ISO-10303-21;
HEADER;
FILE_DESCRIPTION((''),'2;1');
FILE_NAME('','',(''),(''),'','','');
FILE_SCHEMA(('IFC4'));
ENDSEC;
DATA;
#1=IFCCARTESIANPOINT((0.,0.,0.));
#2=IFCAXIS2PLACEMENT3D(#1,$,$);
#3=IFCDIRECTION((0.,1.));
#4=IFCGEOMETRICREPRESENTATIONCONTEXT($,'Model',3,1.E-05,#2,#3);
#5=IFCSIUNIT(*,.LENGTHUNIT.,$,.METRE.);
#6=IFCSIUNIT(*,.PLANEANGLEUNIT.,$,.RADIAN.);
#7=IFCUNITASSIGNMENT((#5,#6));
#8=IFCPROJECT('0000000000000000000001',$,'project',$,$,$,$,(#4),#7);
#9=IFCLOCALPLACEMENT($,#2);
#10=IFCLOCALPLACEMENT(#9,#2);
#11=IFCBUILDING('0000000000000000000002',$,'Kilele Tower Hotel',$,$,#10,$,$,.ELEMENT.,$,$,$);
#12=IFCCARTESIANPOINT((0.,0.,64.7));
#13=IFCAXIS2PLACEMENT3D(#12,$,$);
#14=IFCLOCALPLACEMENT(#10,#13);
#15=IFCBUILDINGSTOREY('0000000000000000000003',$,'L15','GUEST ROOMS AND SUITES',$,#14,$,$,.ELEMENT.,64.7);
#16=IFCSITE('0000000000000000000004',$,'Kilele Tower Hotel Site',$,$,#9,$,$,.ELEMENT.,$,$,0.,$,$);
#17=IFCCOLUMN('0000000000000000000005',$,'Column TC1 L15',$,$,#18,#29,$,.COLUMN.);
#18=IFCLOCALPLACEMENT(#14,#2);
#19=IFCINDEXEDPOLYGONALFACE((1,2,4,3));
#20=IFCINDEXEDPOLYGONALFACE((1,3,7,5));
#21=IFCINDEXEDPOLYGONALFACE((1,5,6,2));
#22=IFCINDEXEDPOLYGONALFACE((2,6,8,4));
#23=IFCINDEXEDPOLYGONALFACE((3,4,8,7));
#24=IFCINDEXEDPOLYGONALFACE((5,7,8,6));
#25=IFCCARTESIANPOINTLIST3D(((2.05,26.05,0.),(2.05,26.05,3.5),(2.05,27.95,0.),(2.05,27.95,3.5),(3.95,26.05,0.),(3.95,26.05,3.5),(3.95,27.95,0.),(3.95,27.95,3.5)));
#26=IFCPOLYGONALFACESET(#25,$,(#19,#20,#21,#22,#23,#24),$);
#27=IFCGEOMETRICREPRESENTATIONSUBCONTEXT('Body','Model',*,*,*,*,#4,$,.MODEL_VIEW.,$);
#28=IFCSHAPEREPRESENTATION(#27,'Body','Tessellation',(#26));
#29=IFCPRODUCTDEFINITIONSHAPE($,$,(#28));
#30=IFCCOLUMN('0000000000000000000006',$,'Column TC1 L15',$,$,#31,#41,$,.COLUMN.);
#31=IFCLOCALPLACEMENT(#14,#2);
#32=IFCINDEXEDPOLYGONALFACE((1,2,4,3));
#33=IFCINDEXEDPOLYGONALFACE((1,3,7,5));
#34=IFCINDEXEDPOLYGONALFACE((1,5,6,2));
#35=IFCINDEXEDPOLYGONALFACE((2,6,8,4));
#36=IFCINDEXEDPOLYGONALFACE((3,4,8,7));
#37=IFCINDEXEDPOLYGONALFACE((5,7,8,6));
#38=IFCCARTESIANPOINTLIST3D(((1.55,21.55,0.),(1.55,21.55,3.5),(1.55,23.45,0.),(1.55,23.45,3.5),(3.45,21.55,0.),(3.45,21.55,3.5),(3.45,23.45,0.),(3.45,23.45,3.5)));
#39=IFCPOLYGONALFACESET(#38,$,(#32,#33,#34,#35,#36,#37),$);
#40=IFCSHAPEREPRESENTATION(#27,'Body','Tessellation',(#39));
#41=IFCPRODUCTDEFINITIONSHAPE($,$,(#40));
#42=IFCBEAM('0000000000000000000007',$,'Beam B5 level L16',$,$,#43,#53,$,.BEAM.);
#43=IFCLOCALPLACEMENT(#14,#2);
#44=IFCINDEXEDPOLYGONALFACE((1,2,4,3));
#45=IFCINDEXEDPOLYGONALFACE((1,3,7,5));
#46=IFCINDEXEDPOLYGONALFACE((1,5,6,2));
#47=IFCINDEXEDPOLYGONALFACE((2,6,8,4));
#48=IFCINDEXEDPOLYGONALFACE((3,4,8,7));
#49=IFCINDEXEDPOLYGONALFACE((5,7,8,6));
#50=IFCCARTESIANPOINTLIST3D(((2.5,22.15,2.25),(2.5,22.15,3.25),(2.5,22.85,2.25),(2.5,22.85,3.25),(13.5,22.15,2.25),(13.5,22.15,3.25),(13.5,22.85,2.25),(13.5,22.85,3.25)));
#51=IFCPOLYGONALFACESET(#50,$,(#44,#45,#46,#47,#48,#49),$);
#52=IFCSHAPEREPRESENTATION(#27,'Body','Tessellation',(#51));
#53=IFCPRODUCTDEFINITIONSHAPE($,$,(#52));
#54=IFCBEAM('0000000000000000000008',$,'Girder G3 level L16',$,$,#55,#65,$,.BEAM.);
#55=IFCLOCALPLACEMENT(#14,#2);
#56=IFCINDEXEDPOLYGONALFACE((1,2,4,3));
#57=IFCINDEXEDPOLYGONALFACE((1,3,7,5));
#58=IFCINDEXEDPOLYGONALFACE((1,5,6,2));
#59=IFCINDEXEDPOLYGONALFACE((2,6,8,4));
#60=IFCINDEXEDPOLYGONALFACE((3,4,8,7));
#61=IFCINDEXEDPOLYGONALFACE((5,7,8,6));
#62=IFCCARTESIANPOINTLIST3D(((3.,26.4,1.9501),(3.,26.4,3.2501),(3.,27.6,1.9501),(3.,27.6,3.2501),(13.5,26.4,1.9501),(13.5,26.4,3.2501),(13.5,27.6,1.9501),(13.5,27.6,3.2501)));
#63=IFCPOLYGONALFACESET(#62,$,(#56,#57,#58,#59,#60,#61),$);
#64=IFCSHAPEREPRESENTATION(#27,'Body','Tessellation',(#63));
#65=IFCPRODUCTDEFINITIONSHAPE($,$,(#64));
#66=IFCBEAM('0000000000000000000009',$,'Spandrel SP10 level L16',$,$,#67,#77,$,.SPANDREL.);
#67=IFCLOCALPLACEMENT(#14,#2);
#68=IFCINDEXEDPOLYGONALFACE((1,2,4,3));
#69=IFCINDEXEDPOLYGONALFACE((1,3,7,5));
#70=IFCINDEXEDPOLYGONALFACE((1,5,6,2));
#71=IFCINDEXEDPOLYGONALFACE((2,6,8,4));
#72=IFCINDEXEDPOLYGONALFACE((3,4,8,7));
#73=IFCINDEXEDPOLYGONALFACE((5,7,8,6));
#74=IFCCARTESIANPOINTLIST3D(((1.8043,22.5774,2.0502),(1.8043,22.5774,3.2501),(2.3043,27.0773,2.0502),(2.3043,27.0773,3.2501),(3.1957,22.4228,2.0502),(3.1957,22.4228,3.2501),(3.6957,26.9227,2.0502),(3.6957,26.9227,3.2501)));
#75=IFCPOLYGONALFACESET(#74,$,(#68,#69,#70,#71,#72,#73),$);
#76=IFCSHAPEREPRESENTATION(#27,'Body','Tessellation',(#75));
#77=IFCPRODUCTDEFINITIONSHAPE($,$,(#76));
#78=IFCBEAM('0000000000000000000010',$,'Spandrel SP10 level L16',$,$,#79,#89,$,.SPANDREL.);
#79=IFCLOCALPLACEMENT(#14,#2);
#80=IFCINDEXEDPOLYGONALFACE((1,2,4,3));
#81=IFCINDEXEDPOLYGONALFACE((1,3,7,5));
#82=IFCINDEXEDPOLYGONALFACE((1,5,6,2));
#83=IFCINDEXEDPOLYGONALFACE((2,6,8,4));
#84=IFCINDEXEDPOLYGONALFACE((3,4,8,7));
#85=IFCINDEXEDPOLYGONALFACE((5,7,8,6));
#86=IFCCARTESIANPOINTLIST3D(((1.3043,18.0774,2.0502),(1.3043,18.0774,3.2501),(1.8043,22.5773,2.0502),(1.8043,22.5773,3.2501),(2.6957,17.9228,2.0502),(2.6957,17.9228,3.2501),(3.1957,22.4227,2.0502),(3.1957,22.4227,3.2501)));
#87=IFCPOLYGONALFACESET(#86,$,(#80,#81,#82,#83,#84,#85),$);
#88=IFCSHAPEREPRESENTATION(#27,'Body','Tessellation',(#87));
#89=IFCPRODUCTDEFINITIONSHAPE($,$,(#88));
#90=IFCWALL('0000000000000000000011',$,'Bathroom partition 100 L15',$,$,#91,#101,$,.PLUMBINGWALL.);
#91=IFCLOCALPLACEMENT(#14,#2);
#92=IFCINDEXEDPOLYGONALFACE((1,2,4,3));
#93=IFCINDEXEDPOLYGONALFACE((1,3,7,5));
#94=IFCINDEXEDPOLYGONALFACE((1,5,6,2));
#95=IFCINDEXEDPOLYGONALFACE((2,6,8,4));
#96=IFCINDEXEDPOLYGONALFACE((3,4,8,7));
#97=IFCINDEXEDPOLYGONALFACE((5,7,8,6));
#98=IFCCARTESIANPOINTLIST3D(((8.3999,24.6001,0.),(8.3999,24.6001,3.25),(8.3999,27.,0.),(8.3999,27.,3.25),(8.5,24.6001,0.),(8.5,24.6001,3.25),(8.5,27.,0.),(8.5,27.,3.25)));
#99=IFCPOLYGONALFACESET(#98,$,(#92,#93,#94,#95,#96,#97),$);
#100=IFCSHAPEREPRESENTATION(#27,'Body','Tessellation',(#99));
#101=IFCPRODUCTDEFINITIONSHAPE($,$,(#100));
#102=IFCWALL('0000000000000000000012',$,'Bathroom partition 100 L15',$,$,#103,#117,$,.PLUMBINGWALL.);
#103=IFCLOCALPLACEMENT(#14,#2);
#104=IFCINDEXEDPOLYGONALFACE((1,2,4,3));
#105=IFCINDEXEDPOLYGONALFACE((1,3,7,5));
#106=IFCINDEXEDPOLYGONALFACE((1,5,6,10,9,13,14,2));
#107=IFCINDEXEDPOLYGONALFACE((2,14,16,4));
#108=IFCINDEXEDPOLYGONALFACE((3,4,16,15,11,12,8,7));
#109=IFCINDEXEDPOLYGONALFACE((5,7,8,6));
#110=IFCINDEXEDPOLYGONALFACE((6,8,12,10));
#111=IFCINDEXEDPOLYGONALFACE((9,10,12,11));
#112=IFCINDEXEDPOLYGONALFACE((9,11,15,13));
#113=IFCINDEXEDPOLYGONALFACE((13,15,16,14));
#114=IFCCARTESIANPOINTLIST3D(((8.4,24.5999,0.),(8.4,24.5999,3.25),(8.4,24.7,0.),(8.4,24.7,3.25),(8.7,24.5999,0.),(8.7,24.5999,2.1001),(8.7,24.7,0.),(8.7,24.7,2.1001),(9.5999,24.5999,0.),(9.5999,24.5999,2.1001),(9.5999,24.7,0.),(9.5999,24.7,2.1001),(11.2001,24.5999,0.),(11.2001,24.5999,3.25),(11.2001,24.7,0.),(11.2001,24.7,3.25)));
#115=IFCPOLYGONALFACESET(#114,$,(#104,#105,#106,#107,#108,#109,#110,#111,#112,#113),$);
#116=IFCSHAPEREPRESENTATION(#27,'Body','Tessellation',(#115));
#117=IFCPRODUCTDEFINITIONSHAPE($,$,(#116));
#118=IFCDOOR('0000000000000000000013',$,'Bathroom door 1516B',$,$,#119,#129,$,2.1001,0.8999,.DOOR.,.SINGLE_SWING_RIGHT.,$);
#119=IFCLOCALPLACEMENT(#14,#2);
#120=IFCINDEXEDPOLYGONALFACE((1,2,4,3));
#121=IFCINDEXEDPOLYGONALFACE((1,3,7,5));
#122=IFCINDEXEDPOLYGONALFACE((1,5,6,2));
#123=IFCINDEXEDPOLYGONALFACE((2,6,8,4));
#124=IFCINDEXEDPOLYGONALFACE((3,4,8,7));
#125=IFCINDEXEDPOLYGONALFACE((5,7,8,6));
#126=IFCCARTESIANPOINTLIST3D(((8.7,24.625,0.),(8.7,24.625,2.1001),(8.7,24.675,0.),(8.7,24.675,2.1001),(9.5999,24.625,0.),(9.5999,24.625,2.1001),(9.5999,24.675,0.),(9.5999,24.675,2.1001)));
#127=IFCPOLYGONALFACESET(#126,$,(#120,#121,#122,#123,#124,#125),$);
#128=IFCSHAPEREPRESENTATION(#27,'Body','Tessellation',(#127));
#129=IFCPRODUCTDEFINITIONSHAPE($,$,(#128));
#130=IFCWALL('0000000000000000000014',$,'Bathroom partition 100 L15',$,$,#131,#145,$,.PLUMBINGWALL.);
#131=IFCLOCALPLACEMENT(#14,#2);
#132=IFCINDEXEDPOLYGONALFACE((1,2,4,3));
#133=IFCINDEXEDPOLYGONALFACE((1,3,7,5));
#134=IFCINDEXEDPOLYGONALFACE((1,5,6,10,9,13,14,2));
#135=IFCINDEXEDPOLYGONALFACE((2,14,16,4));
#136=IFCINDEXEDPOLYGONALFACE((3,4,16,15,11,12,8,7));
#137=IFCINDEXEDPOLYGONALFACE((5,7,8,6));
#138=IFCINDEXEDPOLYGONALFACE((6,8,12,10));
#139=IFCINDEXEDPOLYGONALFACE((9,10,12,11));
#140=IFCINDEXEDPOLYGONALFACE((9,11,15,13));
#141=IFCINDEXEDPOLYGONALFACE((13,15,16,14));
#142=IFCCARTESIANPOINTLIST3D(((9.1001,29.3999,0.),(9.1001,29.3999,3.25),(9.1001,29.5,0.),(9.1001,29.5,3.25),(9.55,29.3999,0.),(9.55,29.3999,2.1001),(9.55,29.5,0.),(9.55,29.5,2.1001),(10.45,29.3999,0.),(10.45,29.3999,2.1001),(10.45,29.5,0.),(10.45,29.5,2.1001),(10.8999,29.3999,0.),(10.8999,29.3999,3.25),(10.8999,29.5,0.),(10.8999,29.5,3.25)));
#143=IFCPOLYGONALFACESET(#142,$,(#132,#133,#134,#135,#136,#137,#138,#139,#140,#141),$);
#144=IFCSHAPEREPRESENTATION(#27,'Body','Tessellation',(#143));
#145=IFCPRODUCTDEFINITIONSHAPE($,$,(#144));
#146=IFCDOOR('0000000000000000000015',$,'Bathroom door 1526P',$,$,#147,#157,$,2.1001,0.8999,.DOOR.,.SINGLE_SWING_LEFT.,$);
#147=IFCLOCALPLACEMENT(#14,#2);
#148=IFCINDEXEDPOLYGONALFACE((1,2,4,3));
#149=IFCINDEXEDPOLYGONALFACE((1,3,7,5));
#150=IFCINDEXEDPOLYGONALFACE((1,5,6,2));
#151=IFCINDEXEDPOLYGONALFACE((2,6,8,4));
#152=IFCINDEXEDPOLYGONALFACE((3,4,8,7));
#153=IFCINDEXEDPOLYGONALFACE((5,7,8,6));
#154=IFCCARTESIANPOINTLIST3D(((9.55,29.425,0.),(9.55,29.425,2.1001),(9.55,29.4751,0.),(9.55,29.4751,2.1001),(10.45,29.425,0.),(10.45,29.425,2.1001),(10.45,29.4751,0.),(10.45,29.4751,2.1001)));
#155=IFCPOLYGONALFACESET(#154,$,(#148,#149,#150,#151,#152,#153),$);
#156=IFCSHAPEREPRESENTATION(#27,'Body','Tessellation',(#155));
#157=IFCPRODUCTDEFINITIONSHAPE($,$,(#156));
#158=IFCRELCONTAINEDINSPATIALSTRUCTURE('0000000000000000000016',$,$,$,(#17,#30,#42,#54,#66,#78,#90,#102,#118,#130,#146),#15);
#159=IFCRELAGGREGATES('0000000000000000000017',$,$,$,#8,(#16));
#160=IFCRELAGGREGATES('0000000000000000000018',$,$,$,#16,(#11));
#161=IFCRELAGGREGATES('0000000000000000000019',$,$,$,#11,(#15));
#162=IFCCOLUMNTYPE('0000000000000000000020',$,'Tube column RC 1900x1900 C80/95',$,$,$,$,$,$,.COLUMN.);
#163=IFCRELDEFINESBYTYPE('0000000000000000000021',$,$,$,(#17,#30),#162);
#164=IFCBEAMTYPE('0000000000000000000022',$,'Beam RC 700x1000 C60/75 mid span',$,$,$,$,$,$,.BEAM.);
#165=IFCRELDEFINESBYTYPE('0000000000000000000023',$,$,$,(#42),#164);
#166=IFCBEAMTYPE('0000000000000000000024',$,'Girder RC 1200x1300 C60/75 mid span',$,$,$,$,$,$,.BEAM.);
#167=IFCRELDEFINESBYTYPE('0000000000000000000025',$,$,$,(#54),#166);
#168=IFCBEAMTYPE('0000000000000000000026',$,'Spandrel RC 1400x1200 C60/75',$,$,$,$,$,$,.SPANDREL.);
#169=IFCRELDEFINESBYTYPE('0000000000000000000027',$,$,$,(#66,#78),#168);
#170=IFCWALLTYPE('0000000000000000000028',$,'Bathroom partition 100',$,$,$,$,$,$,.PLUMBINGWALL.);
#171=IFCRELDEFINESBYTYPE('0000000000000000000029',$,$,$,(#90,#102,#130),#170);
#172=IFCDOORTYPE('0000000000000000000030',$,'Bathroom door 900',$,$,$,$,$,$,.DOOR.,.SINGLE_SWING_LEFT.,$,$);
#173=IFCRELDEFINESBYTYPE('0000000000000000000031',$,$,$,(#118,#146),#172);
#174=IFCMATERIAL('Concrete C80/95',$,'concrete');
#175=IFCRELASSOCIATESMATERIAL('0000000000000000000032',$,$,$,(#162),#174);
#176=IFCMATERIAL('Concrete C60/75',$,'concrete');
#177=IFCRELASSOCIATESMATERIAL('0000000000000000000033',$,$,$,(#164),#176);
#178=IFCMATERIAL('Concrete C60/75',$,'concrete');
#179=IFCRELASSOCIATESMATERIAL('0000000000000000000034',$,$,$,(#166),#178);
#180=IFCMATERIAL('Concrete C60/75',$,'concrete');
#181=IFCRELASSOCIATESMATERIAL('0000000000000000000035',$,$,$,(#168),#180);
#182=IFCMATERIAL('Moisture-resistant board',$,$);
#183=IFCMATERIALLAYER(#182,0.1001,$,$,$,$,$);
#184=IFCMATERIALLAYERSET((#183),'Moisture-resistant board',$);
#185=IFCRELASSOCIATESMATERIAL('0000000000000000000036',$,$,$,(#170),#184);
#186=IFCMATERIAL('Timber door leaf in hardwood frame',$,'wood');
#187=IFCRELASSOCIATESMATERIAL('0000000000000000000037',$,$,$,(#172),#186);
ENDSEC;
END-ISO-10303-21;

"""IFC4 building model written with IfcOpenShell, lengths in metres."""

from ifc_helpers import new_model, si_unit, direction, frame, frame_2d, origin, origin_2d, place, context, subcontext, project, spatial, rectangle, extrude, material, layer, layer_set, material_profile, profile_set, type_object, element, fill, save


model = new_model("IFC4")

# Units and contexts
model_context = context("Model", 3, precision=1e-05, world=origin(), true_north=direction((0.0, 1.0)))
body_context = subcontext(model_context, "Body", "Model", "MODEL_VIEW")
ifc_project = project(units=[si_unit("LENGTHUNIT", "METRE"), si_unit("PLANEANGLEUNIT", "RADIAN")], contexts=[model_context])

# Site, building, storey
site_placement = place(None, origin())
site = spatial("IfcSite", under=ifc_project, at=site_placement, Name="Kilele Tower Hotel Site", CompositionType="ELEMENT", RefElevation=0.0)
building_placement = place(site_placement, origin())
building = spatial("IfcBuilding", under=site, at=building_placement, Name="Kilele Tower Hotel", CompositionType="ELEMENT")
storey_placement = place(building_placement, frame((0.0, 0.0, 64.7)))
storey = spatial("IfcBuildingStorey", under=building, at=storey_placement, Name="L15", Description="GUEST ROOMS AND SUITES", CompositionType="ELEMENT", Elevation=64.7)

# Columns
ifc_material_1 = material(Name="Concrete C80/95", Category="concrete")
ifc_material_profile_1 = material_profile(ifc_material_1, rectangle(XDim=1.8999, YDim=1.8999, at=origin_2d()))
ifc_profile_set_1 = profile_set([ifc_material_profile_1], Name="Concrete C80/95")
column_type = type_object("IfcColumnType", Name="Tube column RC 1900x1900 C80/95", PredefinedType="COLUMN", material=ifc_profile_set_1)
for number, where, z_axis, x_axis, name in (
    (1, (3.0, 27.0, 0.0), (0.0, 0.0, 1.0), (1.0, 0.0, 0.0), "Column TC1 L15"),
    (2, (2.5, 22.5, 0.0), (0.0, 0.0, 1.0), (1.0, 0.0, 0.0), "Column TC1 L15"),
):
    element("IfcColumn", number, at=place(storey_placement, frame(where, z_axis=z_axis, x_axis=x_axis)), inside=storey, type_object=column_type, Name=name, PredefinedType="COLUMN", context=body_context, shape_type="SweptSolid", body=[
        extrude(rectangle(XDim=1.8999, YDim=1.8999, at=origin_2d()), origin(), (0.0, 0.0, 1.0), 3.5),
    ])

# Beams
ifc_material_2 = material(Name="Concrete C60/75", Category="concrete")
ifc_material_profile_2 = material_profile(ifc_material_2, rectangle(XDim=0.7, YDim=1.0, at=origin_2d()))
ifc_profile_set_2 = profile_set([ifc_material_profile_2], Name="Concrete C60/75")
beam_type_1 = type_object("IfcBeamType", Name="Beam RC 700x1000 C60/75 mid span", PredefinedType="BEAM", material=ifc_profile_set_2)
beam_1_placement = place(storey_placement, frame((2.5, 22.5, 2.75), z_axis=(1.0, 0.0, 0.0), x_axis=(0.0, 1.0, 0.0)))
element("IfcBeam", 3, at=beam_1_placement, inside=storey, type_object=beam_type_1, Name="Beam B5 level L16", PredefinedType="BEAM", context=body_context, shape_type="SweptSolid", body=[
    extrude(rectangle(XDim=0.7, YDim=1.0, at=origin_2d()), origin(), (0.0, 0.0, 1.0), 11.0),
])
ifc_material_3 = material(Name="Concrete C60/75", Category="concrete")
ifc_material_profile_3 = material_profile(ifc_material_3, rectangle(XDim=1.2, YDim=1.3, at=origin_2d()))
ifc_profile_set_3 = profile_set([ifc_material_profile_3], Name="Concrete C60/75")
beam_type_2 = type_object("IfcBeamType", Name="Girder RC 1200x1300 C60/75 mid span", PredefinedType="BEAM", material=ifc_profile_set_3)
beam_2_placement = place(storey_placement, frame((3.0, 27.0, 2.6001), z_axis=(1.0, 0.0, 0.0), x_axis=(0.0, 1.0, 0.0)))
element("IfcBeam", 4, at=beam_2_placement, inside=storey, type_object=beam_type_2, Name="Girder G3 level L16", PredefinedType="BEAM", context=body_context, shape_type="SweptSolid", body=[
    extrude(rectangle(XDim=1.2, YDim=1.3, at=origin_2d()), origin(), (0.0, 0.0, 1.0), 10.5),
])
ifc_material_4 = material(Name="Concrete C60/75", Category="concrete")
ifc_material_profile_4 = material_profile(ifc_material_4, rectangle(XDim=1.3999, YDim=1.2, at=origin_2d()))
ifc_profile_set_4 = profile_set([ifc_material_profile_4], Name="Concrete C60/75")
beam_type_3 = type_object("IfcBeamType", Name="Spandrel RC 1400x1200 C60/75", PredefinedType="SPANDREL", material=ifc_profile_set_4)
for number, where, z_axis, x_axis, name in (
    (5, (3.0, 27.0, 2.6501), (-0.110432, -0.993884, 0.0), (0.993884, -0.110432, 0.0), "Spandrel SP10 level L16"),
    (6, (2.5, 22.5, 2.6501), (-0.110432, -0.993884, 0.0), (0.993884, -0.110432, 0.0), "Spandrel SP10 level L16"),
):
    element("IfcBeam", number, at=place(storey_placement, frame(where, z_axis=z_axis, x_axis=x_axis)), inside=storey, type_object=beam_type_3, Name=name, PredefinedType="SPANDREL", context=body_context, shape_type="SweptSolid", body=[
        extrude(rectangle(XDim=1.3999, YDim=1.2, at=origin_2d()), origin(), (0.0, 0.0, 1.0), 4.5276),
    ])

# Wall
ifc_material_5 = material(Name="Moisture-resistant board")
ifc_layer_1 = layer(ifc_material_5, 0.1001)
ifc_layer_set_1 = layer_set([ifc_layer_1], Name="Moisture-resistant board")
wall_type_1 = type_object("IfcWallType", Name="Bathroom partition 100", PredefinedType="PLUMBINGWALL", material=ifc_layer_set_1)
wall_1_placement = place(storey_placement, frame((8.45, 24.6001, 0.0), z_axis=(0.0, 0.0, 1.0), x_axis=(0.0, 1.0, 0.0)))
element("IfcWall", 7, at=wall_1_placement, inside=storey, type_object=wall_type_1, Name="Bathroom partition 100 L15", PredefinedType="PLUMBINGWALL", context=body_context, shape_type="SweptSolid", body=[
    extrude(rectangle(XDim=2.3999, YDim=0.1001, at=frame_2d((1.2, 0.0))), origin(), (0.0, 0.0, 1.0), 3.25),
])

# Walls, openings, doors
wall_2_placement = place(storey_placement, frame((11.2, 24.6499, 0.0), z_axis=(0.0, 0.0, 1.0), x_axis=(-1.0, 0.0, 0.0)))
wall_2 = element("IfcWall", 8, at=wall_2_placement, inside=storey, type_object=wall_type_1, Name="Bathroom partition 100 L15", PredefinedType="PLUMBINGWALL", context=body_context, shape_type="SweptSolid", body=[
    extrude(rectangle(XDim=2.8, YDim=0.1001, at=frame_2d((1.3999, 0.0))), origin(), (0.0, 0.0, 1.0), 3.25),
])
opening_1_placement = place(wall_2_placement, frame((1.6001, 0.0, 0.0)))
opening_1 = element("IfcOpeningElement", 9, at=opening_1_placement, cuts=wall_2, PredefinedType="OPENING", context=body_context, shape_type="SweptSolid", body=[
    extrude(rectangle(XDim=0.8999, YDim=2.1001, at=frame_2d((0.45, 1.05))), frame((0.0, 0.0601, 0.0), z_axis=(0.0, -1.0, 0.0), x_axis=(1.0, 0.0, 0.0)), (0.0, 0.0, 1.0), 0.1201),
])
ifc_material_6 = material(Name="Timber door leaf in hardwood frame", Category="wood")
door_type_1 = type_object("IfcDoorType", Name="Bathroom door 900", OperationType="SINGLE_SWING_LEFT", PredefinedType="DOOR", material=ifc_material_6)
door_1_placement = place(opening_1_placement, origin())
door_1 = element("IfcDoor", 10, at=door_1_placement, inside=storey, type_object=door_type_1, Name="Bathroom door 1516B", OperationType="SINGLE_SWING_RIGHT", OverallHeight=2.1001, OverallWidth=0.8999, PredefinedType="DOOR", context=body_context, shape_type="SweptSolid", body=[
    extrude(rectangle(XDim=0.8999, YDim=2.1001, at=frame_2d((0.45, 1.05))), frame((0.0, 0.0249, 0.0), z_axis=(0.0, -1.0, 0.0), x_axis=(1.0, 0.0, 0.0)), (0.0, 0.0, 1.0), 0.05),
])
fill(opening_1, door_1)
wall_3_placement = place(storey_placement, frame((10.8999, 29.45, 0.0), z_axis=(0.0, 0.0, 1.0), x_axis=(-1.0, 0.0, 0.0)))
wall_3 = element("IfcWall", 11, at=wall_3_placement, inside=storey, type_object=wall_type_1, Name="Bathroom partition 100 L15", PredefinedType="PLUMBINGWALL", context=body_context, shape_type="SweptSolid", body=[
    extrude(rectangle(XDim=1.7998, YDim=0.1001, at=frame_2d((0.8999, 0.0))), origin(), (0.0, 0.0, 1.0), 3.25),
])
opening_2_placement = place(wall_3_placement, frame((0.45, 0.0, 0.0)))
opening_2 = element("IfcOpeningElement", 12, at=opening_2_placement, cuts=wall_3, PredefinedType="OPENING", context=body_context, shape_type="SweptSolid", body=[
    extrude(rectangle(XDim=0.8999, YDim=2.1001, at=frame_2d((0.45, 1.05))), frame((0.0, 0.0601, 0.0), z_axis=(0.0, -1.0, 0.0), x_axis=(1.0, 0.0, 0.0)), (0.0, 0.0, 1.0), 0.1201),
])
door_2_placement = place(opening_2_placement, origin())
door_2 = element("IfcDoor", 13, at=door_2_placement, inside=storey, type_object=door_type_1, Name="Bathroom door 1526P", OperationType="SINGLE_SWING_LEFT", OverallHeight=2.1001, OverallWidth=0.8999, PredefinedType="DOOR", context=body_context, shape_type="SweptSolid", body=[
    extrude(rectangle(XDim=0.8999, YDim=2.1001, at=frame_2d((0.45, 1.05))), frame((0.0, 0.0249, 0.0), z_axis=(0.0, -1.0, 0.0), x_axis=(1.0, 0.0, 0.0)), (0.0, 0.0, 1.0), 0.05),
])
fill(opening_2, door_2)

save(model, "model.ifc")
